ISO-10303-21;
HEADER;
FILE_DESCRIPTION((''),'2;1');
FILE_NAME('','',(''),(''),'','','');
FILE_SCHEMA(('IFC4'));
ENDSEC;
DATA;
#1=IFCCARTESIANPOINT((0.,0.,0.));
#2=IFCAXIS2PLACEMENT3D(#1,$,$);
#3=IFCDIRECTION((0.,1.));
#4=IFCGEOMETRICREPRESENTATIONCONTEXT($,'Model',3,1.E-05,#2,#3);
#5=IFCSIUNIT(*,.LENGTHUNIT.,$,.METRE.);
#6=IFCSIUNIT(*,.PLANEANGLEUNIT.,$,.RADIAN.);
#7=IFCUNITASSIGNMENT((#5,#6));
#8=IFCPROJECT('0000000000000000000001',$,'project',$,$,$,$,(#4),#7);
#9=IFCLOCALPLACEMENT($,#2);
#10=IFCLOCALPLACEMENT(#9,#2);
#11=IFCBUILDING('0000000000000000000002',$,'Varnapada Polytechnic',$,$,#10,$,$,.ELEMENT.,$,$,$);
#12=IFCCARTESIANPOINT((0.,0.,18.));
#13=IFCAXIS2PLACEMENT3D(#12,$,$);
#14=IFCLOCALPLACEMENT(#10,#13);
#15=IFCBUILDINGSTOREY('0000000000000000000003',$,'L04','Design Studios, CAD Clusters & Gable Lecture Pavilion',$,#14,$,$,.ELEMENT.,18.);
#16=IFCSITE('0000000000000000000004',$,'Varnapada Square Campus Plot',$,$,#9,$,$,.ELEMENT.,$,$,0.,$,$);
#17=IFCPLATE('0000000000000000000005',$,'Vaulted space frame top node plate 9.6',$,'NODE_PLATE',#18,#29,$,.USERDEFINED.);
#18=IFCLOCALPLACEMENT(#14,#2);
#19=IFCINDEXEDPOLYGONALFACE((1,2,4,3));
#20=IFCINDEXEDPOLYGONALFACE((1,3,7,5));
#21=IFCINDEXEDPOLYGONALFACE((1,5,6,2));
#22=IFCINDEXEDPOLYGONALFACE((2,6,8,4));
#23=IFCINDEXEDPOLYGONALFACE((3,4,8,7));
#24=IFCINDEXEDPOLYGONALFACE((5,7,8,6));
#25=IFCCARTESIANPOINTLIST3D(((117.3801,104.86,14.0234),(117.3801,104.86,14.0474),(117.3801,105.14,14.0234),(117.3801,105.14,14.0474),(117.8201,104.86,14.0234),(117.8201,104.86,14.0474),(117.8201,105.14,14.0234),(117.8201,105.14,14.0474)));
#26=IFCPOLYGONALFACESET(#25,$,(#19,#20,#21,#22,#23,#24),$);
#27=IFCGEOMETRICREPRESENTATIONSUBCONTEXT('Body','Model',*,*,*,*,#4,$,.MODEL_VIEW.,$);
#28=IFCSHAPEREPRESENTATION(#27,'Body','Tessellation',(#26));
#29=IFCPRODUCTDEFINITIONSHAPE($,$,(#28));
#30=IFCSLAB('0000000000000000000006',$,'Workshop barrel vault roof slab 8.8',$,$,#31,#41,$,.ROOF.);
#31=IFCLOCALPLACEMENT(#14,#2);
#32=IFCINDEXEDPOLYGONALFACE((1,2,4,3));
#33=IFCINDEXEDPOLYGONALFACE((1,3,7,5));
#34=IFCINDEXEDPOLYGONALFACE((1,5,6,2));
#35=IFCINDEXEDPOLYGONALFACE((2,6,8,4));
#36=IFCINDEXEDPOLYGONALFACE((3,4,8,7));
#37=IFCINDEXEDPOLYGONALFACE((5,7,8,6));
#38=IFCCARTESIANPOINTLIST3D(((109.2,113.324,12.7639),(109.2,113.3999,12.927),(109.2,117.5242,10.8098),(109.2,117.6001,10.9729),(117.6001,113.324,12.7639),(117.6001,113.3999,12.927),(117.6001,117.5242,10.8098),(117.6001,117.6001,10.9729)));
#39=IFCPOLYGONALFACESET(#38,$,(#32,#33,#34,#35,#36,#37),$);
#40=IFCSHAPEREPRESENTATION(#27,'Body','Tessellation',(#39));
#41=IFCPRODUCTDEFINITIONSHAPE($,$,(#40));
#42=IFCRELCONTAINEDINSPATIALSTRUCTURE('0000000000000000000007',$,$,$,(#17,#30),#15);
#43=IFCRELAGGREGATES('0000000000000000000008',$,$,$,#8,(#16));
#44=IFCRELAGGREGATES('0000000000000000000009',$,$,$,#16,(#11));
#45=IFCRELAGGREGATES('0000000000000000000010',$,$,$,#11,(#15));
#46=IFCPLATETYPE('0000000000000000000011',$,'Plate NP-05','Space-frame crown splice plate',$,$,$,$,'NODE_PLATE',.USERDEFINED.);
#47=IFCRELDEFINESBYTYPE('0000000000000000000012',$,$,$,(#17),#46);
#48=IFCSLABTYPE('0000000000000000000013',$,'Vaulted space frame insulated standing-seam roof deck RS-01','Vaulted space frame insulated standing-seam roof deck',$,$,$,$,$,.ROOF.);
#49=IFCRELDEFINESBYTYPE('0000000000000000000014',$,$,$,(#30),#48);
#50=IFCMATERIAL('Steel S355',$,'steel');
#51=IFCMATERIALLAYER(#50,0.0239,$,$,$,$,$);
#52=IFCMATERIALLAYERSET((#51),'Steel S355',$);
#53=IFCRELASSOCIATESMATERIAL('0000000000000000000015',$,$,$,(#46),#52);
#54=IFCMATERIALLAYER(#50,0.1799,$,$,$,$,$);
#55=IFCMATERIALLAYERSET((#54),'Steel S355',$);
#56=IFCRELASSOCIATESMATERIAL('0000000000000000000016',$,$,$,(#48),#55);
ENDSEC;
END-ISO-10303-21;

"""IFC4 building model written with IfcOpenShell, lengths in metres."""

from ifc_helpers import new_model, si_unit, direction, frame, origin, origin_2d, place, context, subcontext, project, spatial, polyline, rectangle, outline, extrude, material, layer, layer_set, type_object, element, save


model = new_model("IFC4")

# Units and contexts
model_context = context("Model", 3, precision=1e-05, world=origin(), true_north=direction((0.0, 1.0)))
body_context = subcontext(model_context, "Body", "Model", "MODEL_VIEW")
ifc_project = project(units=[si_unit("LENGTHUNIT", "METRE"), si_unit("PLANEANGLEUNIT", "RADIAN")], contexts=[model_context])

# Site, building, storey
site_placement = place(None, origin())
site = spatial("IfcSite", under=ifc_project, at=site_placement, Name="Varnapada Square Campus Plot", CompositionType="ELEMENT", RefElevation=0.0)
building_placement = place(site_placement, origin())
building = spatial("IfcBuilding", under=site, at=building_placement, Name="Varnapada Polytechnic", CompositionType="ELEMENT")
storey_placement = place(building_placement, frame((0.0, 0.0, 18.0)))
storey = spatial("IfcBuildingStorey", under=building, at=storey_placement, Name="L04", Description="Design Studios, CAD Clusters & Gable Lecture Pavilion", CompositionType="ELEMENT", Elevation=18.0)

# Shared definitions
ifc_material = material(Name="Steel S355", Category="steel")

# Plate
ifc_layer_1 = layer(ifc_material, 0.0239)
ifc_layer_set_1 = layer_set([ifc_layer_1], Name="Steel S355")
plate_type_1 = type_object("IfcPlateType", Name="Plate NP-05", Description="Space-frame crown splice plate", ElementType="NODE_PLATE", PredefinedType="USERDEFINED", material=ifc_layer_set_1)
for number, where, z_axis, x_axis, name in (
    (1, (117.6001, 105.0, 14.0234), (0.0, 0.0, 1.0), (1.0, 0.0, 0.0), "Vaulted space frame top node plate 9.6"),
):
    element("IfcPlate", number, at=place(storey_placement, frame(where, z_axis=z_axis, x_axis=x_axis)), inside=storey, type_object=plate_type_1, Name=name, ObjectType="NODE_PLATE", PredefinedType="USERDEFINED", context=body_context, shape_type="SweptSolid", body=[
        extrude(rectangle(XDim=0.4399, YDim=0.28, at=origin_2d()), origin(), (0.0, 0.0, 1.0), 0.0239),
    ])

# Slab
ifc_layer_2 = layer(ifc_material, 0.1799)
ifc_layer_set_2 = layer_set([ifc_layer_2], Name="Steel S355")
slab_type = type_object("IfcSlabType", Name="Vaulted space frame insulated standing-seam roof deck RS-01", Description="Vaulted space frame insulated standing-seam roof deck", PredefinedType="ROOF", material=ifc_layer_set_2)
slab_placement = place(storey_placement, frame((109.2, 113.3999, 12.927), z_axis=(0.0, 0.421823, 0.906678), x_axis=(1.0, 0.0, 0.0)))
element("IfcSlab", 2, at=slab_placement, inside=storey, type_object=slab_type, Name="Workshop barrel vault roof slab 8.8", PredefinedType="ROOF", context=body_context, shape_type="SweptSolid", body=[
    extrude(outline(polyline([(0.0, 0.0), (8.4001, 0.0), (8.4001, 4.6325), (0.0, 4.6325), (0.0, 0.0)])), origin(), (0.0, 0.0, -1.0), 0.1799),
])

save(model, "model.ifc")
